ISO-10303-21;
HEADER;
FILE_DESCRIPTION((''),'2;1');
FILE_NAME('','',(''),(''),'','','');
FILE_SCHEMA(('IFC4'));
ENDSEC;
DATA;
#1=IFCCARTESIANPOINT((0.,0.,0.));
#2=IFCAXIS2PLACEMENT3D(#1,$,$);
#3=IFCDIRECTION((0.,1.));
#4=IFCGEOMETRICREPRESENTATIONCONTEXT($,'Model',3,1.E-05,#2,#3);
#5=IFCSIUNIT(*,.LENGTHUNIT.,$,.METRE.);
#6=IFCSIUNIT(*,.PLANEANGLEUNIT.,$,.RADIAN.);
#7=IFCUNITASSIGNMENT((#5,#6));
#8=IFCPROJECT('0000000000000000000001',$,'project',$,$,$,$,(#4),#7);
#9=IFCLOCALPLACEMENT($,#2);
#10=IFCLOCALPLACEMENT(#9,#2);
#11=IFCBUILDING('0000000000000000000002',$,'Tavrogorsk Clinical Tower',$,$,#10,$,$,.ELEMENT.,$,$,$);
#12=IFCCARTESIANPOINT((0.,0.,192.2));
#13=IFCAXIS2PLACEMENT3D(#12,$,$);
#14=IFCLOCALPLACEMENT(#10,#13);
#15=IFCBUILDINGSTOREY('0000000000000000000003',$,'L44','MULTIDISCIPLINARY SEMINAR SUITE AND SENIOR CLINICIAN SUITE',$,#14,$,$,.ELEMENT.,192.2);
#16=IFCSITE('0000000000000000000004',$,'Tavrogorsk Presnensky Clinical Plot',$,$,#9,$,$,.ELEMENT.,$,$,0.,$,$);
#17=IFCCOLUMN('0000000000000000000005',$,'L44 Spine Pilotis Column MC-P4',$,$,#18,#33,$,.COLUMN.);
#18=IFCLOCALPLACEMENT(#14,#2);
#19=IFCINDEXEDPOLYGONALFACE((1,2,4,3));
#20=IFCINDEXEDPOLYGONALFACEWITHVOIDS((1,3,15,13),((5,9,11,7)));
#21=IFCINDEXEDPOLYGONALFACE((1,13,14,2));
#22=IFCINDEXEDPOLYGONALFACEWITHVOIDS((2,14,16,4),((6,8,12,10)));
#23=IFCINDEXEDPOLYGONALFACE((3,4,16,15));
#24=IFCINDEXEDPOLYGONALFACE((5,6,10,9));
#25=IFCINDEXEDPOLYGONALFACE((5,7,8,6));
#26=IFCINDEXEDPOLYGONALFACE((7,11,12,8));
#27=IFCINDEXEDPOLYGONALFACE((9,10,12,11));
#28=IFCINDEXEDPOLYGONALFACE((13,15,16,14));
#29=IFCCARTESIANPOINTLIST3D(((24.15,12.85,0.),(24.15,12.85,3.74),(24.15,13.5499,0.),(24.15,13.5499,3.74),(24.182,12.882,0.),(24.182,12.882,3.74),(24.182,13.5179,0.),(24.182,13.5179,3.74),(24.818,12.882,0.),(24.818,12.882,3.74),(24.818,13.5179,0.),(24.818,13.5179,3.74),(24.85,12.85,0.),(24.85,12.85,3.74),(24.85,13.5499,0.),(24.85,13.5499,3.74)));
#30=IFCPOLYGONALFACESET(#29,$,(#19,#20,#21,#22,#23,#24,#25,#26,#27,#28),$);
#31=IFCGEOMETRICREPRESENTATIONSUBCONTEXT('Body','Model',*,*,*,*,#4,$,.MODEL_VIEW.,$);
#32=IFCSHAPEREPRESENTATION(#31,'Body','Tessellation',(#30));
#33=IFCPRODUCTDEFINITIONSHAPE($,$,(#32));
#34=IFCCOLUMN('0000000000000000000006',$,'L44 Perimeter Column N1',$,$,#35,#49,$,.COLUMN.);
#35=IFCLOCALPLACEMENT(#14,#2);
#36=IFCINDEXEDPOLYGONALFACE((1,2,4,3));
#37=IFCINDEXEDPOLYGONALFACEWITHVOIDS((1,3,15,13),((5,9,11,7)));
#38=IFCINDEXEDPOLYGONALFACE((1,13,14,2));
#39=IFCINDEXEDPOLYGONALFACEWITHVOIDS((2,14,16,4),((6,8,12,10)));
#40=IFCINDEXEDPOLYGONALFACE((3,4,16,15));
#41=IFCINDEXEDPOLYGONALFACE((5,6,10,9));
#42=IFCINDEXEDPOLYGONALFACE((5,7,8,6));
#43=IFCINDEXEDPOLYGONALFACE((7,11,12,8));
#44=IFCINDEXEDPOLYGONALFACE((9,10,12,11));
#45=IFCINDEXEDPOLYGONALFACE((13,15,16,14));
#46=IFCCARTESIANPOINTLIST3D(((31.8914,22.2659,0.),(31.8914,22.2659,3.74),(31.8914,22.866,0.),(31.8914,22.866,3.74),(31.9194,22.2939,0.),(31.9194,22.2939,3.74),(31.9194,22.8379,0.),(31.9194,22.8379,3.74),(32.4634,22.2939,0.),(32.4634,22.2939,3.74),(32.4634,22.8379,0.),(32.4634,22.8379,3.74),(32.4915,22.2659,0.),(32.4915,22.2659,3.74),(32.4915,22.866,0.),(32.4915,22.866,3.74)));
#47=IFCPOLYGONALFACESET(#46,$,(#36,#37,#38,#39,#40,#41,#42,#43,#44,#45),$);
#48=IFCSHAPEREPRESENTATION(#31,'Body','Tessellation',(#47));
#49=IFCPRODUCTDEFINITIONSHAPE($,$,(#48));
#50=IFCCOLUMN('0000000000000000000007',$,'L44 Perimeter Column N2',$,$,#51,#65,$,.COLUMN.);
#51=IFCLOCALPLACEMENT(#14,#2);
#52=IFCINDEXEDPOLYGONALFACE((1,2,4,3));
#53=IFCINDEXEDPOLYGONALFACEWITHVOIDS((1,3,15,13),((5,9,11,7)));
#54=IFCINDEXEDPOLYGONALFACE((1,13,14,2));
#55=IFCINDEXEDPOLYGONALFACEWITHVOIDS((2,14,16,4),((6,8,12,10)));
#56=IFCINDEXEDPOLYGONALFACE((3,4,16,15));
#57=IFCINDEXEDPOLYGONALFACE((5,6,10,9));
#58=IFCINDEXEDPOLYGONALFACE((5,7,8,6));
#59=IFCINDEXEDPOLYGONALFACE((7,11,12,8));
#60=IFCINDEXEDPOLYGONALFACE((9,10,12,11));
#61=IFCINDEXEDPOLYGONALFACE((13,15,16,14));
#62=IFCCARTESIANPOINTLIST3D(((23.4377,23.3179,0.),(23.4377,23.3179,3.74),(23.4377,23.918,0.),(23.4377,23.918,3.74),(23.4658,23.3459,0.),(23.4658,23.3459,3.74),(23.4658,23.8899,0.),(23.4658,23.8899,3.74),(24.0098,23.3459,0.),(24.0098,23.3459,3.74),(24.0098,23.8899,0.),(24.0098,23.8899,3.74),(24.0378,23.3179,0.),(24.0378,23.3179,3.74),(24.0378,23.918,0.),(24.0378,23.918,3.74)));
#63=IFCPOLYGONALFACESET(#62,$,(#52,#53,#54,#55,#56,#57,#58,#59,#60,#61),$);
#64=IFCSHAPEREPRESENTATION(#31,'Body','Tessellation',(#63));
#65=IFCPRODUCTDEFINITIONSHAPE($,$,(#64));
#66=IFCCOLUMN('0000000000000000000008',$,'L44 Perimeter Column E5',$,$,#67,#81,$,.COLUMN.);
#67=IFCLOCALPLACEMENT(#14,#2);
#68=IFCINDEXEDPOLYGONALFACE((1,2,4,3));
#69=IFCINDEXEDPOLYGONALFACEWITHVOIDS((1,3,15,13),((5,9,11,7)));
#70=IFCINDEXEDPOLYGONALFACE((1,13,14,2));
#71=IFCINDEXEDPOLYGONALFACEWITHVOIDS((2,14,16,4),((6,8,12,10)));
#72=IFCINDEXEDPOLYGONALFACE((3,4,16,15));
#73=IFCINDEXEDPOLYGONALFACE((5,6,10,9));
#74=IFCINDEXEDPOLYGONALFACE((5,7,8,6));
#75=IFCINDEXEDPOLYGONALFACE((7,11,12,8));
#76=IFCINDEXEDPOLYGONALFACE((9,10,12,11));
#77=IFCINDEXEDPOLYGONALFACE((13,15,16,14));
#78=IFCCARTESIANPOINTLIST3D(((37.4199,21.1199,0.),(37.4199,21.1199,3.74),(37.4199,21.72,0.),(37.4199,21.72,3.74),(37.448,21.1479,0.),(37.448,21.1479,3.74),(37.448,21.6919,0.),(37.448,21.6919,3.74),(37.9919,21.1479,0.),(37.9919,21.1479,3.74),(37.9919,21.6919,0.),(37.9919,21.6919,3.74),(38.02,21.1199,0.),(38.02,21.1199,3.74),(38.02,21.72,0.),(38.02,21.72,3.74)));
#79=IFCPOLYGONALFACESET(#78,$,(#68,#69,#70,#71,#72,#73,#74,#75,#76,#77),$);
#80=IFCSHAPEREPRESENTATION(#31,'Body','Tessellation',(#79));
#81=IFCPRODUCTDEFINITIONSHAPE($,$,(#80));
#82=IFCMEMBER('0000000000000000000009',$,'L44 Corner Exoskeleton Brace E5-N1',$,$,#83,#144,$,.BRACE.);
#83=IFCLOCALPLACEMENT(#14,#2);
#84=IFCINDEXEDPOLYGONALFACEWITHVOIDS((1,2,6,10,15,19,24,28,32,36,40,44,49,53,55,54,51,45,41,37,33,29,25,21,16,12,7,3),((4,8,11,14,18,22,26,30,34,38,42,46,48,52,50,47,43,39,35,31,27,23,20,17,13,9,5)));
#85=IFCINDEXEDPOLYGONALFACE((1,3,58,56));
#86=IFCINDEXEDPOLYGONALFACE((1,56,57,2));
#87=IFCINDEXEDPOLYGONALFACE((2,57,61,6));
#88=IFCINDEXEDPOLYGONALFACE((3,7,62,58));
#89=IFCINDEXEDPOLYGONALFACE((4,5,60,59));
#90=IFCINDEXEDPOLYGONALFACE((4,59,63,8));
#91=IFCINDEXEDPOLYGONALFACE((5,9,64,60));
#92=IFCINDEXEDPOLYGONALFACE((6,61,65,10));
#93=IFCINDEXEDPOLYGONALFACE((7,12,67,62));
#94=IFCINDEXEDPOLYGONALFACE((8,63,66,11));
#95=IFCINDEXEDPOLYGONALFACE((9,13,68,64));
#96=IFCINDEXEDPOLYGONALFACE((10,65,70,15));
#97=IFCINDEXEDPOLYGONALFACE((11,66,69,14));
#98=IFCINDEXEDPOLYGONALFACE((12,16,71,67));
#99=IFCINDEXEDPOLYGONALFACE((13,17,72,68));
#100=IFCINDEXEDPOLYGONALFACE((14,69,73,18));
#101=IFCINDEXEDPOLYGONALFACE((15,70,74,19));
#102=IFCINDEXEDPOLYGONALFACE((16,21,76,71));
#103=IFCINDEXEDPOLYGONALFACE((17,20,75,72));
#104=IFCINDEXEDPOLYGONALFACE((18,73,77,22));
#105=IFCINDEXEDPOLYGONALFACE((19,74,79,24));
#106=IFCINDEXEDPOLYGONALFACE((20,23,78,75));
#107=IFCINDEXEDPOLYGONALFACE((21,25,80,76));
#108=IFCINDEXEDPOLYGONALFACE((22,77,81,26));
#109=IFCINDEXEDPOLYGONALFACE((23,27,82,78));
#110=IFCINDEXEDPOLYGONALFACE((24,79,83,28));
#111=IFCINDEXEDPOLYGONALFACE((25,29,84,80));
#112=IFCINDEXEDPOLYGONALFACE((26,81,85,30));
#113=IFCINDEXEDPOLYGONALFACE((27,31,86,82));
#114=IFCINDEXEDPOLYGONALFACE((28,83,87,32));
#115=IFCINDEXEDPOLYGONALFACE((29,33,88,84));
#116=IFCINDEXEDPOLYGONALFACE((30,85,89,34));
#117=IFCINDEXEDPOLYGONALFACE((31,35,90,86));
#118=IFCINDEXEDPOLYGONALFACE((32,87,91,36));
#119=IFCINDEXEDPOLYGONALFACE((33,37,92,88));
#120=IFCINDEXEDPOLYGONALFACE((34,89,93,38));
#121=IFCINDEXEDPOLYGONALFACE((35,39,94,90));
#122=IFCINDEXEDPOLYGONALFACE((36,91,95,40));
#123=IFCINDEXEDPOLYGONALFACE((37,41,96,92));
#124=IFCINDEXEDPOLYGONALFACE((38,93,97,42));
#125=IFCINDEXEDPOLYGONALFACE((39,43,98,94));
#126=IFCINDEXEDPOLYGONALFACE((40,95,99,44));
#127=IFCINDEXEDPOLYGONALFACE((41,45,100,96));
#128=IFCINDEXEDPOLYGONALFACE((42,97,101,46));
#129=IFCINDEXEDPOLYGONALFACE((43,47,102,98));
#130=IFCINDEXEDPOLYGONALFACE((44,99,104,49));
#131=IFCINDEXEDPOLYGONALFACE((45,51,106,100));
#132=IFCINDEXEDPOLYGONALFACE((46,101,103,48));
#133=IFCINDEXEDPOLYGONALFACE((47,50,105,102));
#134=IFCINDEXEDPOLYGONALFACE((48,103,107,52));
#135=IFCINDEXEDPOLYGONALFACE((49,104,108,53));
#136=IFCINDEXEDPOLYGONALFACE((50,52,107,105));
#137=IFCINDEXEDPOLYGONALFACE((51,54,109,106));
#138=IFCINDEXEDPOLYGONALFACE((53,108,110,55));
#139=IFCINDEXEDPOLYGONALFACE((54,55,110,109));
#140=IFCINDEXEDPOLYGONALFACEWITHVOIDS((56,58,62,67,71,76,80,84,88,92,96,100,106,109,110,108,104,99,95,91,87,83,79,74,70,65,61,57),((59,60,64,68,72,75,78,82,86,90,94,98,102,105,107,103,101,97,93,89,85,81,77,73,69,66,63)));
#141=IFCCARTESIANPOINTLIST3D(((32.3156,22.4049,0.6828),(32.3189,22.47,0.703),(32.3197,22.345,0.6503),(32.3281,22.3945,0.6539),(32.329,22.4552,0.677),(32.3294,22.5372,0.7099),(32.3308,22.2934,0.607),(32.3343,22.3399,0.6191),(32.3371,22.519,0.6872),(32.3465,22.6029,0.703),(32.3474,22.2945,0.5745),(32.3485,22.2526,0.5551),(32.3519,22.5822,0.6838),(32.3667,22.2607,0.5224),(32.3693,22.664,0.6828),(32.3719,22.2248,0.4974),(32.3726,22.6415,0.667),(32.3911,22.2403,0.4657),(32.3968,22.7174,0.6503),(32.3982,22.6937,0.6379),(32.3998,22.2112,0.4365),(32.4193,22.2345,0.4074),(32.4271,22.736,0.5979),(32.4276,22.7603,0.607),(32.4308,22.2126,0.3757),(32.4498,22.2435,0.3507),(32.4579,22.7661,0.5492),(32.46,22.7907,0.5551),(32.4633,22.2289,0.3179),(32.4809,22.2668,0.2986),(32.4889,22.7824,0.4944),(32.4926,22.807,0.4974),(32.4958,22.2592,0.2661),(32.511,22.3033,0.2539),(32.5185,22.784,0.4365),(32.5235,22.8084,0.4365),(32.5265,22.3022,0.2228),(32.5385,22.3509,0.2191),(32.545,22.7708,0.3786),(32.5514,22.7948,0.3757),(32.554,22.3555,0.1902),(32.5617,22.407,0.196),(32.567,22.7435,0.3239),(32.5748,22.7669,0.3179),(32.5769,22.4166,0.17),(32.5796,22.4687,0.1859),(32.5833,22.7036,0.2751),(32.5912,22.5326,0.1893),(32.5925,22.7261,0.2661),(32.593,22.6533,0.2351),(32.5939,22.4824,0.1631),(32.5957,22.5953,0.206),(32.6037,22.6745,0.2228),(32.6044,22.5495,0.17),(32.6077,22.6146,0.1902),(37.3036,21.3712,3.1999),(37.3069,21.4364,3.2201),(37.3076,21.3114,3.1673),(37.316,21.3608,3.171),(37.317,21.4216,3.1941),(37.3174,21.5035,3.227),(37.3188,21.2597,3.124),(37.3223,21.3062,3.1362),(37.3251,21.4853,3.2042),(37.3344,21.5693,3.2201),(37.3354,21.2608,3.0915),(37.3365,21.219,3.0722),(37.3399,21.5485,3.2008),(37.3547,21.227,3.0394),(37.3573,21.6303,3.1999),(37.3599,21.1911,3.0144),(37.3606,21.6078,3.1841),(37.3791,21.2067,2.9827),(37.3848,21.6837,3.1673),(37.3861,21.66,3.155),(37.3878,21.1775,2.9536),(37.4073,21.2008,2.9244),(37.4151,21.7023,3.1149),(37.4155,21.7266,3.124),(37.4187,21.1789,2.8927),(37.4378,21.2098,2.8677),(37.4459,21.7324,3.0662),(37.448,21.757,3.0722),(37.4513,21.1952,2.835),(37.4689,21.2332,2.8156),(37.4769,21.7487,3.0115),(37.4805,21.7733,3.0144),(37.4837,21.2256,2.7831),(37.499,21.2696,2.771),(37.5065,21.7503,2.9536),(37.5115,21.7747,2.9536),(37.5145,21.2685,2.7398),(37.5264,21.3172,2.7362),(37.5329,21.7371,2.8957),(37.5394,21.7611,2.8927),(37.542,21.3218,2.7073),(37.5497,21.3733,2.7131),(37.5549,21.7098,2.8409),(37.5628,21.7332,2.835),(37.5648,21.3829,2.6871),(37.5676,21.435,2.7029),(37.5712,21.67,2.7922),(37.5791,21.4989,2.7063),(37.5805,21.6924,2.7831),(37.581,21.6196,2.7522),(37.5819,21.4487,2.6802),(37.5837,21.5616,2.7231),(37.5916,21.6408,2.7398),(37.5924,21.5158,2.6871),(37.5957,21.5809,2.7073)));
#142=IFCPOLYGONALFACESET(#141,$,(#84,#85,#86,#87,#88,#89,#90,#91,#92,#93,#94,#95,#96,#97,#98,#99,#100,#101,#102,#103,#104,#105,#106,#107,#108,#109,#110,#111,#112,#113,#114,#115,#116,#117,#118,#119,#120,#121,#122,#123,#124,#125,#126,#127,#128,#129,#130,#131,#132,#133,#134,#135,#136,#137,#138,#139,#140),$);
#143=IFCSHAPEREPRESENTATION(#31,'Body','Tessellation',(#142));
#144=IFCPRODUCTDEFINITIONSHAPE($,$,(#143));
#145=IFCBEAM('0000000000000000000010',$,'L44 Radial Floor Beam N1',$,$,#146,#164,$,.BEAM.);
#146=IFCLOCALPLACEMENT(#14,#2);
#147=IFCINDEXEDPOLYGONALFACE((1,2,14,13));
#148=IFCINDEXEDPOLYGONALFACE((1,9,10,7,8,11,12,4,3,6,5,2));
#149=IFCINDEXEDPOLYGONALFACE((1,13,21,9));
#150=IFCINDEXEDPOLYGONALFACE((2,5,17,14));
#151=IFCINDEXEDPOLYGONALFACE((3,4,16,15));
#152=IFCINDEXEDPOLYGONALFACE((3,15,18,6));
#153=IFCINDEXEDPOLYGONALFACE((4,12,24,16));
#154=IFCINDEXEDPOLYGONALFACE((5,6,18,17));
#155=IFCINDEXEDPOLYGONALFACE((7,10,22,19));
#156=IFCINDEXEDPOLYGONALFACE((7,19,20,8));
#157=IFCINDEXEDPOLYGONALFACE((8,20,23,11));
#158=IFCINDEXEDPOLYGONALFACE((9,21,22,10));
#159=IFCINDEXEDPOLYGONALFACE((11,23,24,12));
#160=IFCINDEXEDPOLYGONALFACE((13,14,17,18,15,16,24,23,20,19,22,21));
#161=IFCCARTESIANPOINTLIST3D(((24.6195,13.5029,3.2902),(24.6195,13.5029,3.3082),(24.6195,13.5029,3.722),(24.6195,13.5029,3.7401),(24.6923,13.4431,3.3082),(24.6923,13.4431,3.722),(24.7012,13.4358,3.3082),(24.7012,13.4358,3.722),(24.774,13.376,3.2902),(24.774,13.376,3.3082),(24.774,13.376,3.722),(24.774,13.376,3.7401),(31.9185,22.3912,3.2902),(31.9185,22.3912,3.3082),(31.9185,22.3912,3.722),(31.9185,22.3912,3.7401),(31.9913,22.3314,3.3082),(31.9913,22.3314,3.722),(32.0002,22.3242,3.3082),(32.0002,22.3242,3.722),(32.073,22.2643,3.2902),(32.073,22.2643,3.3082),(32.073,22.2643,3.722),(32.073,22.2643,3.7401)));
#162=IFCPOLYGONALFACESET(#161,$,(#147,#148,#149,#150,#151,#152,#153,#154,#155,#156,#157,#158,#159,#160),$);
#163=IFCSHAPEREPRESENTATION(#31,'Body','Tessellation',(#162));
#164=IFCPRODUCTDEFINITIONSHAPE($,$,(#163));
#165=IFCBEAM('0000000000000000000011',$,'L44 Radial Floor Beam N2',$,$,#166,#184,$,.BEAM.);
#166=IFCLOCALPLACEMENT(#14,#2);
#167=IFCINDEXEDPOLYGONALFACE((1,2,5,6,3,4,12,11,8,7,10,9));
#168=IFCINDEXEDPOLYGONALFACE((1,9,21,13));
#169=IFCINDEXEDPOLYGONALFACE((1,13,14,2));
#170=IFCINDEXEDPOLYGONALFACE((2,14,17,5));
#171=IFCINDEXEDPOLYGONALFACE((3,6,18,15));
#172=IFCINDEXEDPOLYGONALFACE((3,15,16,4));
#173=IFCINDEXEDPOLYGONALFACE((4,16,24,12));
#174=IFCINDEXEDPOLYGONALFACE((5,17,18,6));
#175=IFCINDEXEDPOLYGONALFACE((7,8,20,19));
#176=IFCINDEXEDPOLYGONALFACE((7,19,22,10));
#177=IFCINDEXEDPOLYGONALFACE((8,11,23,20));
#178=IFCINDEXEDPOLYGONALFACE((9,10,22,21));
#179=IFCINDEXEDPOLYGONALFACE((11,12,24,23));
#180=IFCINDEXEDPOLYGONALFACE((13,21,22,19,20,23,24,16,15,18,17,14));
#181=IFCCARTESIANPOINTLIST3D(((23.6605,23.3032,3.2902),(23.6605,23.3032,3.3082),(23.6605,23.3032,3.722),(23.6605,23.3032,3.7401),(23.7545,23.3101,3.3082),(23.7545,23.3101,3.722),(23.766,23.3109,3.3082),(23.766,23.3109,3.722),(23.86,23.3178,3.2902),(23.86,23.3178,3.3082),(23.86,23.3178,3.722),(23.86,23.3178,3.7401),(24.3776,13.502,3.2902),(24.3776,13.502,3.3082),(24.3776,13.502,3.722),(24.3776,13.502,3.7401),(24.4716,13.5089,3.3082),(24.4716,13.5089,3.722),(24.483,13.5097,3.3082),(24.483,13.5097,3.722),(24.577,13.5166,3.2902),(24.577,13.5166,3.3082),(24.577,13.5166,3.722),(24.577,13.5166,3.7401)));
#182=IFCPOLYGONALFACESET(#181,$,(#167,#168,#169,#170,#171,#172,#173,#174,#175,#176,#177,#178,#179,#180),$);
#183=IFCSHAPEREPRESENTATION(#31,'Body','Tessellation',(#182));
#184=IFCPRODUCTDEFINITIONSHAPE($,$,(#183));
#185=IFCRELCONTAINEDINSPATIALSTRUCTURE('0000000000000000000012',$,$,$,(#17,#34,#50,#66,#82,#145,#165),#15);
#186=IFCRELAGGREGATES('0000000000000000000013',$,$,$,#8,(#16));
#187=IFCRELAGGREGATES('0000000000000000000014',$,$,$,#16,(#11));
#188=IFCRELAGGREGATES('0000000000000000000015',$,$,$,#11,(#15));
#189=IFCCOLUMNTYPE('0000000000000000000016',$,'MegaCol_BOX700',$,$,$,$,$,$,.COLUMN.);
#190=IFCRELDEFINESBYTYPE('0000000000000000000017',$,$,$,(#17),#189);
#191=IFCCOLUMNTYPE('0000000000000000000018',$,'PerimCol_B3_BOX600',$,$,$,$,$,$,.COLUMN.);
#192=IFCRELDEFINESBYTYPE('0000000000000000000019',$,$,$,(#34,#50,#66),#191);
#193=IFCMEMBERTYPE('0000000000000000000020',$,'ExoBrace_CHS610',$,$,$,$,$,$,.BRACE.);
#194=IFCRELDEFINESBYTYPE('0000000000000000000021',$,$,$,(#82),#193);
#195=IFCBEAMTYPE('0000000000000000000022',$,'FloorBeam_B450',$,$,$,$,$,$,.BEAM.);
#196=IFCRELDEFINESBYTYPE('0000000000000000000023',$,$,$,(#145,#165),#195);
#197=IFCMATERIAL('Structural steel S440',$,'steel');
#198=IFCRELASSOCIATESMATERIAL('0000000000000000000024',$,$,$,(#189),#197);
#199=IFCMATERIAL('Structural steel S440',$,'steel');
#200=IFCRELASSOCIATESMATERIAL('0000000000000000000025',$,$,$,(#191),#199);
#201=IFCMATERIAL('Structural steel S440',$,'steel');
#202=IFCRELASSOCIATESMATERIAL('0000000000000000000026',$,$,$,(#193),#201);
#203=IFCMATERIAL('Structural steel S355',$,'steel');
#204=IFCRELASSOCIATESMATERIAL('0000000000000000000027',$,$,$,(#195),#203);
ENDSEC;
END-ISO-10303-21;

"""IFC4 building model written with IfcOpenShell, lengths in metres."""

from ifc_helpers import new_model, si_unit, direction, frame, origin, origin_2d, place, context, subcontext, project, spatial, hollow_rectangle, hollow_circle, i_section, extrude, material, material_profile, profile_set, type_object, element, save


model = new_model("IFC4")

# Units and contexts
model_context = context("Model", 3, precision=1e-05, world=origin(), true_north=direction((0.0, 1.0)))
body_context = subcontext(model_context, "Body", "Model", "MODEL_VIEW")
ifc_project = project(units=[si_unit("LENGTHUNIT", "METRE"), si_unit("PLANEANGLEUNIT", "RADIAN")], contexts=[model_context])

# Site, building, storey
site_placement = place(None, origin())
site = spatial("IfcSite", under=ifc_project, at=site_placement, Name="Tavrogorsk Presnensky Clinical Plot", CompositionType="ELEMENT", RefElevation=0.0)
building_placement = place(site_placement, origin())
building = spatial("IfcBuilding", under=site, at=building_placement, Name="Tavrogorsk Clinical Tower", CompositionType="ELEMENT")
storey_placement = place(building_placement, frame((0.0, 0.0, 192.2)))
storey = spatial("IfcBuildingStorey", under=building, at=storey_placement, Name="L44", Description="MULTIDISCIPLINARY SEMINAR SUITE AND SENIOR CLINICIAN SUITE", CompositionType="ELEMENT", Elevation=192.2)

# Columns
ifc_material_1 = material(Name="Structural steel S440", Category="steel")
ifc_material_profile_1 = material_profile(ifc_material_1, hollow_rectangle(XDim=0.7, YDim=0.7, WallThickness=0.032, at=origin_2d()), Name="BOX-700x700x32")
ifc_profile_set_1 = profile_set([ifc_material_profile_1], Name="Structural steel S440")
column_type_1 = type_object("IfcColumnType", Name="MegaCol_BOX700", PredefinedType="COLUMN", material=ifc_profile_set_1)
column_placement = place(storey_placement, frame((24.5, 13.2, 0.0), z_axis=(0.0, 0.0, 1.0), x_axis=(1.0, 0.0, 0.0)))
element("IfcColumn", 1, at=column_placement, inside=storey, type_object=column_type_1, Name="L44 Spine Pilotis Column MC-P4", PredefinedType="COLUMN", context=body_context, shape_type="SweptSolid", body=[
    extrude(hollow_rectangle(XDim=0.7, YDim=0.7, WallThickness=0.032, at=origin_2d()), origin(), (0.0, 0.0, 1.0), 3.74),
])
ifc_material_2 = material(Name="Structural steel S440", Category="steel")
ifc_material_profile_2 = material_profile(ifc_material_2, hollow_rectangle(XDim=0.6001, YDim=0.6001, WallThickness=0.0281, at=origin_2d()), Name="BOX-600x600x28")
ifc_profile_set_2 = profile_set([ifc_material_profile_2], Name="Structural steel S440")
column_type_2 = type_object("IfcColumnType", Name="PerimCol_B3_BOX600", PredefinedType="COLUMN", material=ifc_profile_set_2)
for number, where, z_axis, x_axis, name in (
    (2, (32.1914, 22.5659, 0.0), (0.0, 0.0, 1.0), (1.0, 0.0, 0.0), "L44 Perimeter Column N1"),
    (3, (23.7378, 23.6179, 0.0), (0.0, 0.0, 1.0), (1.0, 0.0, 0.0), "L44 Perimeter Column N2"),
    (4, (37.72, 21.4199, 0.0), (0.0, 0.0, 1.0), (1.0, 0.0, 0.0), "L44 Perimeter Column E5"),
):
    element("IfcColumn", number, at=place(storey_placement, frame(where, z_axis=z_axis, x_axis=x_axis)), inside=storey, type_object=column_type_2, Name=name, PredefinedType="COLUMN", context=body_context, shape_type="SweptSolid", body=[
        extrude(hollow_rectangle(XDim=0.6001, YDim=0.6001, WallThickness=0.0281, at=origin_2d()), origin(), (0.0, 0.0, 1.0), 3.74),
    ])

# Member
ifc_material_3 = material(Name="Structural steel S440", Category="steel")
ifc_material_profile_3 = material_profile(ifc_material_3, hollow_circle(Radius=0.3049, WallThickness=0.0249, at=origin_2d()), Name="CHS-610x25")
ifc_profile_set_3 = profile_set([ifc_material_profile_3], Name="Structural steel S440")
member_type_1 = type_object("IfcMemberType", Name="ExoBrace_CHS610", PredefinedType="BRACE", material=ifc_profile_set_3)
member_1_placement = place(storey_placement, frame((32.4617, 22.5098, 0.4365), z_axis=(0.877871, -0.181925, 0.442996), x_axis=(0.202923, 0.979195, 0.0)))
element("IfcMember", 5, at=member_1_placement, inside=storey, type_object=member_type_1, Name="L44 Corner Exoskeleton Brace E5-N1", PredefinedType="BRACE", context=body_context, shape_type="SweptSolid", body=[
    extrude(hollow_circle(Radius=0.3049, WallThickness=0.0249, at=origin_2d()), origin(), (0.0, 0.0, 1.0), 5.6819),
])

# Beams
ifc_material_4 = material(Name="Structural steel S355", Category="steel")
ifc_material_profile_4 = material_profile(ifc_material_4, i_section(OverallWidth=0.2, OverallDepth=0.45, WebThickness=0.0115, FlangeThickness=0.0181, at=origin_2d()), Name="B-450x200x11.5x18")
ifc_profile_set_4 = profile_set([ifc_material_profile_4], Name="Structural steel S355")
beam_type_1 = type_object("IfcBeamType", Name="FloorBeam_B450", PredefinedType="BEAM", material=ifc_profile_set_4)
beam_1_placement = place(storey_placement, frame((24.6968, 13.4395, 3.5151), z_axis=(0.634629, 0.772817, 0.0), x_axis=(-0.772817, 0.634629, 0.0)))
element("IfcBeam", 6, at=beam_1_placement, inside=storey, type_object=beam_type_1, Name="L44 Radial Floor Beam N1", PredefinedType="BEAM", context=body_context, shape_type="SweptSolid", body=[
    extrude(i_section(OverallWidth=0.2, OverallDepth=0.45, WebThickness=0.0115, FlangeThickness=0.0181, at=origin_2d()), origin(), (0.0, 0.0, 1.0), 11.5012),
])
beam_2_placement = place(storey_placement, frame((24.4773, 13.5093, 3.5151), z_axis=(-0.072963, 0.997335, 0.0), x_axis=(-0.997335, -0.072963, 0.0)))
element("IfcBeam", 7, at=beam_2_placement, inside=storey, type_object=beam_type_1, Name="L44 Radial Floor Beam N2", PredefinedType="BEAM", context=body_context, shape_type="SweptSolid", body=[
    extrude(i_section(OverallWidth=0.2, OverallDepth=0.45, WebThickness=0.0115, FlangeThickness=0.0181, at=origin_2d()), origin(), (0.0, 0.0, 1.0), 9.8274),
])

save(model, "model.ifc")
